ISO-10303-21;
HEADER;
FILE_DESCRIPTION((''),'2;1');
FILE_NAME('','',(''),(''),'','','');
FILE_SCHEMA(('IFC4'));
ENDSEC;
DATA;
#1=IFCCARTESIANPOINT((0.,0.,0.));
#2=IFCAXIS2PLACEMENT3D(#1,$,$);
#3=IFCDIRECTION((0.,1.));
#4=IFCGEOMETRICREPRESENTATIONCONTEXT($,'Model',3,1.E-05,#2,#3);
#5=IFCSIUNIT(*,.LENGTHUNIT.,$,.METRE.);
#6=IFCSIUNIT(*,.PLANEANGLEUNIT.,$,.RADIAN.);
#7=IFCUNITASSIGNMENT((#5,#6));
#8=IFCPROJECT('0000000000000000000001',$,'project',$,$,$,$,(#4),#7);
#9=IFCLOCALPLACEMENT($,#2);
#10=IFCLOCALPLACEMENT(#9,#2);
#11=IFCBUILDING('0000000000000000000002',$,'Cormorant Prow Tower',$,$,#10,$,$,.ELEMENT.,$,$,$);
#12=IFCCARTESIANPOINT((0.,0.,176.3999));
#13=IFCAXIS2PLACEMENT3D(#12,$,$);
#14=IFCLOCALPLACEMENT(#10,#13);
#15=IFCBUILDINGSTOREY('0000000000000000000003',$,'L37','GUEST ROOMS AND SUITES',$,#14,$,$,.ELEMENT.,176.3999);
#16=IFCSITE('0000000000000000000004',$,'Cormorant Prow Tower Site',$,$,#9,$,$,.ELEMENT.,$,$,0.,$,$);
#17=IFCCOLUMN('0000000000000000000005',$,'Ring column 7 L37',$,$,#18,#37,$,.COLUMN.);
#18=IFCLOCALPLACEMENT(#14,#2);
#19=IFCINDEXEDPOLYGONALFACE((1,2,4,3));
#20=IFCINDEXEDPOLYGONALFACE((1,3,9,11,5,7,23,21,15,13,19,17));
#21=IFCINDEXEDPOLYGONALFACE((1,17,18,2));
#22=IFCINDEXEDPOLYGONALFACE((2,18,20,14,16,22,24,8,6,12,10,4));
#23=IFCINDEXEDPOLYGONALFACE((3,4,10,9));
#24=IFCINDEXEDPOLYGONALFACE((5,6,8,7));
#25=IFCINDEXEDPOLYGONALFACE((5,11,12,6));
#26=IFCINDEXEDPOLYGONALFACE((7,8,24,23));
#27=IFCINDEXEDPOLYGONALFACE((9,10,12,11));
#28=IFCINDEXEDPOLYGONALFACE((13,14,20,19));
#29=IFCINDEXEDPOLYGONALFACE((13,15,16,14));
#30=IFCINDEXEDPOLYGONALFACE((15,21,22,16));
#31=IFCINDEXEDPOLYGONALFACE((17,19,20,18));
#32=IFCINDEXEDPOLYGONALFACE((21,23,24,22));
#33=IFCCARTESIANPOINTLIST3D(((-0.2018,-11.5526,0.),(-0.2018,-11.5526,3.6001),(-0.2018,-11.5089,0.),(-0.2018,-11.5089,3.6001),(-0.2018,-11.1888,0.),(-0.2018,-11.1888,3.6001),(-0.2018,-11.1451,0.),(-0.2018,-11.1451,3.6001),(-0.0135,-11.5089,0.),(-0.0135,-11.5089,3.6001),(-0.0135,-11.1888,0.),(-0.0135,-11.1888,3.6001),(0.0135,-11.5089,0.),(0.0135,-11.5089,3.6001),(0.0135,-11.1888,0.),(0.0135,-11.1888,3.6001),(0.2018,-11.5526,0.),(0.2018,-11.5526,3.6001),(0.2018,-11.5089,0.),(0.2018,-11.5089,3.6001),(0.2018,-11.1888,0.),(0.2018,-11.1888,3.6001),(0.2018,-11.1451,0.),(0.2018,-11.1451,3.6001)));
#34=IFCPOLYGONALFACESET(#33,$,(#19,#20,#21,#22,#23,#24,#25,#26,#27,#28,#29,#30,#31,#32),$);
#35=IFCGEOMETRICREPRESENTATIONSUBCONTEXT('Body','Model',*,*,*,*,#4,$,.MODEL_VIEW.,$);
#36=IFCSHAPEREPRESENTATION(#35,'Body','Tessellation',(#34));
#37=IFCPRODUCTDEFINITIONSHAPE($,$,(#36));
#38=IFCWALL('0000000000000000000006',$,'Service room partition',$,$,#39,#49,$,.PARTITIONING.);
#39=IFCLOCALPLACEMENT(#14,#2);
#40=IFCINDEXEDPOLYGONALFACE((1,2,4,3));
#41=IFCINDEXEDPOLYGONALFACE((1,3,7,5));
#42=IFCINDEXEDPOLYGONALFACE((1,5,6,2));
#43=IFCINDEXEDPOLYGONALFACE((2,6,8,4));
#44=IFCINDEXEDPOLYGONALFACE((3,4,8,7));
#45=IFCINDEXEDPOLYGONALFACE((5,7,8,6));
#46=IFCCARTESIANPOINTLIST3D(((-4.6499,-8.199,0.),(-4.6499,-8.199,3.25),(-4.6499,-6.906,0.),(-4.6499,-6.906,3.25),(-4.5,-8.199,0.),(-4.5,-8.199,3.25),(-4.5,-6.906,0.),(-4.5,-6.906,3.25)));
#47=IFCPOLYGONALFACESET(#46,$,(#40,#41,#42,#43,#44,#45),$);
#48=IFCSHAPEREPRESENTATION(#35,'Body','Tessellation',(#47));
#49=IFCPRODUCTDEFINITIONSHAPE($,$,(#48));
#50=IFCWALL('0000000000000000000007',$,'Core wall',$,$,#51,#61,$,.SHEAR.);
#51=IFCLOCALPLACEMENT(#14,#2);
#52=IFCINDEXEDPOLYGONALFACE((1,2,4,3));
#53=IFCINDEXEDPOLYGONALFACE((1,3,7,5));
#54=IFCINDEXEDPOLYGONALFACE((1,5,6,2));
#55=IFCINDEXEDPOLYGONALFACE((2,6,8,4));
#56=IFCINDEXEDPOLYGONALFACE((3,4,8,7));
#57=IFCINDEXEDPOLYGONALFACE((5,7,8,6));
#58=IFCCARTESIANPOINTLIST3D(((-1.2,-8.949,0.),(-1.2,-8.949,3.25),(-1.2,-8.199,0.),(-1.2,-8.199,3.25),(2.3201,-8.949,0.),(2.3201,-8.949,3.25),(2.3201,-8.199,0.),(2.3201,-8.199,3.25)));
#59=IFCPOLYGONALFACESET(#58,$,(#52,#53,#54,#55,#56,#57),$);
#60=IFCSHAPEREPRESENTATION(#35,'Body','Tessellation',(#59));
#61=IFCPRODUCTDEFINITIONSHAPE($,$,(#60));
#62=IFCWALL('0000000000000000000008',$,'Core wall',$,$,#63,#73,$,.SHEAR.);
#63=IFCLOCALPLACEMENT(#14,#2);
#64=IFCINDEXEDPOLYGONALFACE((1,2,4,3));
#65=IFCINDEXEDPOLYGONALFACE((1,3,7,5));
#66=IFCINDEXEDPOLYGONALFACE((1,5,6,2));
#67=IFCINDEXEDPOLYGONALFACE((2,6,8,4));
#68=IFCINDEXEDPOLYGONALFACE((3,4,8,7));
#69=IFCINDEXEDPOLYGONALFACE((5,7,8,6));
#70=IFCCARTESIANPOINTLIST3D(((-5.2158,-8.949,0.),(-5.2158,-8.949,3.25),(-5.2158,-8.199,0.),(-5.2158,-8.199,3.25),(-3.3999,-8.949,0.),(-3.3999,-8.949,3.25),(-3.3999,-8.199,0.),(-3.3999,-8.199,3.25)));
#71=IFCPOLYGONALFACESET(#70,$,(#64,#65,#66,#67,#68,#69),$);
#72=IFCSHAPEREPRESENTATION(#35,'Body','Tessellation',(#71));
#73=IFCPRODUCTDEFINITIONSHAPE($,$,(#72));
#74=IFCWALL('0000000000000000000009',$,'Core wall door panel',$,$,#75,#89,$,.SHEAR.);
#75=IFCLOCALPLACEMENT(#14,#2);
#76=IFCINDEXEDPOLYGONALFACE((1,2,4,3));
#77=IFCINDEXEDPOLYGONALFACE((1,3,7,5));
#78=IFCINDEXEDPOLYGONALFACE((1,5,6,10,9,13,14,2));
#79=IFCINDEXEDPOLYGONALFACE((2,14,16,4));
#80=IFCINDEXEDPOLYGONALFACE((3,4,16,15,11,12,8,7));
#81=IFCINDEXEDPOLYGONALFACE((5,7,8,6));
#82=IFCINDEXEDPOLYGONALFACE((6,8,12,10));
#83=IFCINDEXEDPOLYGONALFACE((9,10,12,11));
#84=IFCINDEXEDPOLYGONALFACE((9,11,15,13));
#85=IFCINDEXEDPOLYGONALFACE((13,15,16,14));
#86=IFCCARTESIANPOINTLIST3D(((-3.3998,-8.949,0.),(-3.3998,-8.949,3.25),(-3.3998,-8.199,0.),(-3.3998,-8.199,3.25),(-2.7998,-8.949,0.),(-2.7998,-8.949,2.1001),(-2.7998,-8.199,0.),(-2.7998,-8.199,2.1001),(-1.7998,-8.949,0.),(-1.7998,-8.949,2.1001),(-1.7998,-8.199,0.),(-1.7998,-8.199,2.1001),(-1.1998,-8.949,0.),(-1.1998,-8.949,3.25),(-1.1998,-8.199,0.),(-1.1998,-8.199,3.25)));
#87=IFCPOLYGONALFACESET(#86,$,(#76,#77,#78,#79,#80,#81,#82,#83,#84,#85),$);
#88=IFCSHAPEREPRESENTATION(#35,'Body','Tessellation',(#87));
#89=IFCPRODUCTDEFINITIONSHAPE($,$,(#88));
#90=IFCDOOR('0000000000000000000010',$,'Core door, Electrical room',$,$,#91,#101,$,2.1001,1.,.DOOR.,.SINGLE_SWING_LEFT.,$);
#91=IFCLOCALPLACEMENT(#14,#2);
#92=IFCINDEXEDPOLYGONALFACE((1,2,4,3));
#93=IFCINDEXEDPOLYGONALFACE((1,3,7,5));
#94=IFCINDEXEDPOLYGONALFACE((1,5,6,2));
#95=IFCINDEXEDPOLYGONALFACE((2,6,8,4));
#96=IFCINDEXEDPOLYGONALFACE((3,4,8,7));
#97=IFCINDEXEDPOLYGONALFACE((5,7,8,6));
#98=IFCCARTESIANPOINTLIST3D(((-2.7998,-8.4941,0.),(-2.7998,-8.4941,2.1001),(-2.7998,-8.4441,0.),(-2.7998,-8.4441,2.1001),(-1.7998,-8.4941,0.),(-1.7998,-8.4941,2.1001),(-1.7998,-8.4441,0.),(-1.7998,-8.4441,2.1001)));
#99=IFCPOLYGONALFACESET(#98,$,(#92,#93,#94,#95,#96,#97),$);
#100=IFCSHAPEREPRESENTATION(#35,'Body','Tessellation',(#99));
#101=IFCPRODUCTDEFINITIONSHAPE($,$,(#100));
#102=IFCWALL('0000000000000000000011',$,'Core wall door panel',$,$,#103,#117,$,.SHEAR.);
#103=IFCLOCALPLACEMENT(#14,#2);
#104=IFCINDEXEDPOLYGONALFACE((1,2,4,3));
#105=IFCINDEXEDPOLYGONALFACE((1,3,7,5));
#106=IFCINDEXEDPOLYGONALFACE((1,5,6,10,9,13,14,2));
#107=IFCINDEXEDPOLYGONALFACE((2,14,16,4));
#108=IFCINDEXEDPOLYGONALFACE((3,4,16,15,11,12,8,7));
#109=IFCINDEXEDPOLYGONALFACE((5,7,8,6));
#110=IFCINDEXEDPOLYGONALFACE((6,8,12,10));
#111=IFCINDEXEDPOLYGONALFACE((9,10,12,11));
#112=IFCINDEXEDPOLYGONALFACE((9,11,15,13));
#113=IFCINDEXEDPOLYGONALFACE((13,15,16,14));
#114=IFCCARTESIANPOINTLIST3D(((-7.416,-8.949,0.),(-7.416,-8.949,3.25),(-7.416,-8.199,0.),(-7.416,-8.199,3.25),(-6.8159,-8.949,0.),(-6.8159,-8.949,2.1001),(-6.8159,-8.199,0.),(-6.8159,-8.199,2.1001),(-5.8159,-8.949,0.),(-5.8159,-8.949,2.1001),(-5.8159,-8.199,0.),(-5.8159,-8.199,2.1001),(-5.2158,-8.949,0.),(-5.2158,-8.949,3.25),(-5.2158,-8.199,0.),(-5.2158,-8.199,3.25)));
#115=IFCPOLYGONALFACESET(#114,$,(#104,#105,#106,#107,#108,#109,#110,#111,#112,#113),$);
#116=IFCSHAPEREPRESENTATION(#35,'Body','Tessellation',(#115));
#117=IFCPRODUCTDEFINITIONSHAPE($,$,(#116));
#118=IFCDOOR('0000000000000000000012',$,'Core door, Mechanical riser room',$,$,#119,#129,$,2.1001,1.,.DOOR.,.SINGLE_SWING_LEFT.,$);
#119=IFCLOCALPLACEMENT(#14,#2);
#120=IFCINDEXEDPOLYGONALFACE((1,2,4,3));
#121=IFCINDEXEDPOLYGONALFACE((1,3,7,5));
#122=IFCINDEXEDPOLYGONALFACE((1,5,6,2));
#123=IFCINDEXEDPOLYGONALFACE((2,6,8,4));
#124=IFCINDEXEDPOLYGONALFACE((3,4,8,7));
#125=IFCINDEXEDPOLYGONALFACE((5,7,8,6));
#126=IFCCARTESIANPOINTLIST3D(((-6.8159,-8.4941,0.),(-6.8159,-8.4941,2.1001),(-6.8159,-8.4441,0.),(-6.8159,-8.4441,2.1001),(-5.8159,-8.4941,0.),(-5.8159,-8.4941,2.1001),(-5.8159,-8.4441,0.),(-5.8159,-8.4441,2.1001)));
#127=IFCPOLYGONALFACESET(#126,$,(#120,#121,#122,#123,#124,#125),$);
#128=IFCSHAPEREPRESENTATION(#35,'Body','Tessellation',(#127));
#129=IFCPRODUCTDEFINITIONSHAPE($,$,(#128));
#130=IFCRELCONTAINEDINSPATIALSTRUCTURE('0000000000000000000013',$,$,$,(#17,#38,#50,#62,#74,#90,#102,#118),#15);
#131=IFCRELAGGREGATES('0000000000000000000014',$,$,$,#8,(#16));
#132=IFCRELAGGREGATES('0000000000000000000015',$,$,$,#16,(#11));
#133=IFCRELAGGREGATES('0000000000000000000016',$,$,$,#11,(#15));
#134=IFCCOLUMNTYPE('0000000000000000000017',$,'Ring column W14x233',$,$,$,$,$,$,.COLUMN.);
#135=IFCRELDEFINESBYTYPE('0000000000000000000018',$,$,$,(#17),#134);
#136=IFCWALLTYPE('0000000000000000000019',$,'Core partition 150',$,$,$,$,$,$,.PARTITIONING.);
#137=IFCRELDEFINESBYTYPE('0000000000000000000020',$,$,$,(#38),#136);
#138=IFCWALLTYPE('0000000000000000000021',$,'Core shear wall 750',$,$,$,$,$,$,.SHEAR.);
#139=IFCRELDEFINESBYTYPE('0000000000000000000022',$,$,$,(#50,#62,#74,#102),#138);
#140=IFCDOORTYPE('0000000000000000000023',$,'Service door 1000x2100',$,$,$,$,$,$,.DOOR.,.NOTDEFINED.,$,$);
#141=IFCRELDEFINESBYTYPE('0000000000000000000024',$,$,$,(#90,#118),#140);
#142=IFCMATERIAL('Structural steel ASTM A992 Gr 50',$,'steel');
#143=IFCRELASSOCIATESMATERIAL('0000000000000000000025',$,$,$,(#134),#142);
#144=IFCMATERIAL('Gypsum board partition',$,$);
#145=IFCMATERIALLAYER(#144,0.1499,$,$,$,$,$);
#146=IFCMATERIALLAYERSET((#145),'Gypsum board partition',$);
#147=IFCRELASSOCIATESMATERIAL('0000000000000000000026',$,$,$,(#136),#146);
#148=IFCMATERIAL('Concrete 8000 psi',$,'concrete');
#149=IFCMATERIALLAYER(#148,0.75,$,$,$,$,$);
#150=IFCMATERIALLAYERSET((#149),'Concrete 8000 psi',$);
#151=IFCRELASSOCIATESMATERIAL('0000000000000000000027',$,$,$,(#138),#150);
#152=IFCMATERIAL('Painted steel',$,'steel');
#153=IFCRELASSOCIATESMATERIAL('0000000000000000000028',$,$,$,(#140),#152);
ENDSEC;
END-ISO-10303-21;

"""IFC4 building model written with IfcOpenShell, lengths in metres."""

from ifc_helpers import new_model, si_unit, direction, frame, frame_2d, origin, origin_2d, place, context, subcontext, project, spatial, rectangle, i_section, extrude, material, layer, layer_set, material_profile, profile_set, type_object, element, fill, save


model = new_model("IFC4")

# Units and contexts
model_context = context("Model", 3, precision=1e-05, world=origin(), true_north=direction((0.0, 1.0)))
body_context = subcontext(model_context, "Body", "Model", "MODEL_VIEW")
ifc_project = project(units=[si_unit("LENGTHUNIT", "METRE"), si_unit("PLANEANGLEUNIT", "RADIAN")], contexts=[model_context])

# Site, building, storey
site_placement = place(None, origin())
site = spatial("IfcSite", under=ifc_project, at=site_placement, Name="Cormorant Prow Tower Site", CompositionType="ELEMENT", RefElevation=0.0)
building_placement = place(site_placement, origin())
building = spatial("IfcBuilding", under=site, at=building_placement, Name="Cormorant Prow Tower", CompositionType="ELEMENT")
storey_placement = place(building_placement, frame((0.0, 0.0, 176.3999)))
storey = spatial("IfcBuildingStorey", under=building, at=storey_placement, Name="L37", Description="GUEST ROOMS AND SUITES", CompositionType="ELEMENT", Elevation=176.3999)

# Column
ifc_material_1 = material(Name="Structural steel ASTM A992 Gr 50", Category="steel")
ifc_material_profile = material_profile(ifc_material_1, i_section(OverallWidth=0.4036, OverallDepth=0.4075, WebThickness=0.0271, FlangeThickness=0.0437, at=origin_2d()), Name="W14x233")
ifc_profile_set = profile_set([ifc_material_profile], Name="Structural steel ASTM A992 Gr 50")
column_type = type_object("IfcColumnType", Name="Ring column W14x233", PredefinedType="COLUMN", material=ifc_profile_set)
column_placement = place(storey_placement, frame((0.0, -11.3489, 0.0), z_axis=(0.0, 0.0, 1.0), x_axis=(1.0, 0.0, 0.0)))
element("IfcColumn", 1, at=column_placement, inside=storey, type_object=column_type, Name="Ring column 7 L37", PredefinedType="COLUMN", context=body_context, shape_type="SweptSolid", body=[
    extrude(i_section(OverallWidth=0.4036, OverallDepth=0.4075, WebThickness=0.0271, FlangeThickness=0.0437, at=origin_2d()), origin(), (0.0, 0.0, 1.0), 3.6001),
])

# Walls
ifc_material_2 = material(Name="Gypsum board partition")
ifc_layer_1 = layer(ifc_material_2, 0.1499)
ifc_layer_set_1 = layer_set([ifc_layer_1], Name="Gypsum board partition")
wall_type_1 = type_object("IfcWallType", Name="Core partition 150", PredefinedType="PARTITIONING", material=ifc_layer_set_1)
wall_1_placement = place(storey_placement, frame((-4.575, -6.906, 0.0), z_axis=(0.0, 0.0, 1.0), x_axis=(0.0, -1.0, 0.0)))
element("IfcWall", 2, at=wall_1_placement, inside=storey, type_object=wall_type_1, Name="Service room partition", PredefinedType="PARTITIONING", context=body_context, shape_type="SweptSolid", body=[
    extrude(rectangle(XDim=1.293, YDim=0.1499, at=frame_2d((0.6465, 0.0))), origin(), (0.0, 0.0, 1.0), 3.25),
])
ifc_material_3 = material(Name="Concrete 8000 psi", Category="concrete")
ifc_layer_2 = layer(ifc_material_3, 0.75)
ifc_layer_set_2 = layer_set([ifc_layer_2], Name="Concrete 8000 psi")
wall_type_2 = type_object("IfcWallType", Name="Core shear wall 750", PredefinedType="SHEAR", material=ifc_layer_set_2)
wall_2_placement = place(storey_placement, frame((-1.2, -8.574, 0.0), z_axis=(0.0, 0.0, 1.0), x_axis=(1.0, 0.0, 0.0)))
element("IfcWall", 3, at=wall_2_placement, inside=storey, type_object=wall_type_2, Name="Core wall", PredefinedType="SHEAR", context=body_context, shape_type="SweptSolid", body=[
    extrude(rectangle(XDim=3.52, YDim=0.75, at=frame_2d((1.76, 0.0))), origin(), (0.0, 0.0, 1.0), 3.25),
])
wall_3_placement = place(storey_placement, frame((-5.2158, -8.574, 0.0), z_axis=(0.0, 0.0, 1.0), x_axis=(1.0, 0.0, 0.0)))
element("IfcWall", 4, at=wall_3_placement, inside=storey, type_object=wall_type_2, Name="Core wall", PredefinedType="SHEAR", context=body_context, shape_type="SweptSolid", body=[
    extrude(rectangle(XDim=1.8159, YDim=0.75, at=frame_2d((0.908, 0.0))), origin(), (0.0, 0.0, 1.0), 3.25),
])

# Walls, openings, doors
wall_4_placement = place(storey_placement, frame((-3.3999, -8.574, 0.0), z_axis=(0.0, 0.0, 1.0), x_axis=(1.0, 0.0, 0.0)))
wall_4 = element("IfcWall", 5, at=wall_4_placement, inside=storey, type_object=wall_type_2, Name="Core wall door panel", PredefinedType="SHEAR", context=body_context, shape_type="SweptSolid", body=[
    extrude(rectangle(XDim=2.2, YDim=0.75, at=frame_2d((1.1001, 0.0))), origin(), (0.0, 0.0, 1.0), 3.25),
])
opening_1_placement = place(wall_4_placement, frame((0.6001, 0.0, 0.0)))
opening_1 = element("IfcOpeningElement", 6, at=opening_1_placement, cuts=wall_4, PredefinedType="OPENING", context=body_context, shape_type="SweptSolid", body=[
    extrude(rectangle(XDim=1.0, YDim=2.1001, at=frame_2d((0.5, 1.05))), frame((0.0, 0.385, 0.0), z_axis=(0.0, -1.0, 0.0), x_axis=(1.0, 0.0, 0.0)), (0.0, 0.0, 1.0), 0.77),
])
ifc_material_4 = material(Name="Painted steel", Category="steel")
door_type_1 = type_object("IfcDoorType", Name="Service door 1000x2100", OperationType="NOTDEFINED", PredefinedType="DOOR", material=ifc_material_4)
door_1_placement = place(opening_1_placement, origin())
door_1 = element("IfcDoor", 7, at=door_1_placement, inside=storey, type_object=door_type_1, Name="Core door, Electrical room", OperationType="SINGLE_SWING_LEFT", OverallHeight=2.1001, OverallWidth=1.0, PredefinedType="DOOR", context=body_context, shape_type="SweptSolid", body=[
    extrude(rectangle(XDim=1.0, YDim=2.1001, at=frame_2d((0.5, 1.05))), frame((0.0, 0.1299, 0.0), z_axis=(0.0, -1.0, 0.0), x_axis=(1.0, 0.0, 0.0)), (0.0, 0.0, 1.0), 0.05),
])
fill(opening_1, door_1)
wall_5_placement = place(storey_placement, frame((-7.416, -8.574, 0.0), z_axis=(0.0, 0.0, 1.0), x_axis=(1.0, 0.0, 0.0)))
wall_5 = element("IfcWall", 8, at=wall_5_placement, inside=storey, type_object=wall_type_2, Name="Core wall door panel", PredefinedType="SHEAR", context=body_context, shape_type="SweptSolid", body=[
    extrude(rectangle(XDim=2.2002, YDim=0.75, at=frame_2d((1.1001, 0.0))), origin(), (0.0, 0.0, 1.0), 3.25),
])
opening_2_placement = place(wall_5_placement, frame((0.6001, 0.0, 0.0)))
opening_2 = element("IfcOpeningElement", 9, at=opening_2_placement, cuts=wall_5, PredefinedType="OPENING", context=body_context, shape_type="SweptSolid", body=[
    extrude(rectangle(XDim=1.0, YDim=2.1001, at=frame_2d((0.5, 1.05))), frame((0.0, 0.385, 0.0), z_axis=(0.0, -1.0, 0.0), x_axis=(1.0, 0.0, 0.0)), (0.0, 0.0, 1.0), 0.77),
])
door_2_placement = place(opening_2_placement, origin())
door_2 = element("IfcDoor", 10, at=door_2_placement, inside=storey, type_object=door_type_1, Name="Core door, Mechanical riser room", OperationType="SINGLE_SWING_LEFT", OverallHeight=2.1001, OverallWidth=1.0, PredefinedType="DOOR", context=body_context, shape_type="SweptSolid", body=[
    extrude(rectangle(XDim=1.0, YDim=2.1001, at=frame_2d((0.5, 1.05))), frame((0.0, 0.1299, 0.0), z_axis=(0.0, -1.0, 0.0), x_axis=(1.0, 0.0, 0.0)), (0.0, 0.0, 1.0), 0.05),
])
fill(opening_2, door_2)

save(model, "model.ifc")
